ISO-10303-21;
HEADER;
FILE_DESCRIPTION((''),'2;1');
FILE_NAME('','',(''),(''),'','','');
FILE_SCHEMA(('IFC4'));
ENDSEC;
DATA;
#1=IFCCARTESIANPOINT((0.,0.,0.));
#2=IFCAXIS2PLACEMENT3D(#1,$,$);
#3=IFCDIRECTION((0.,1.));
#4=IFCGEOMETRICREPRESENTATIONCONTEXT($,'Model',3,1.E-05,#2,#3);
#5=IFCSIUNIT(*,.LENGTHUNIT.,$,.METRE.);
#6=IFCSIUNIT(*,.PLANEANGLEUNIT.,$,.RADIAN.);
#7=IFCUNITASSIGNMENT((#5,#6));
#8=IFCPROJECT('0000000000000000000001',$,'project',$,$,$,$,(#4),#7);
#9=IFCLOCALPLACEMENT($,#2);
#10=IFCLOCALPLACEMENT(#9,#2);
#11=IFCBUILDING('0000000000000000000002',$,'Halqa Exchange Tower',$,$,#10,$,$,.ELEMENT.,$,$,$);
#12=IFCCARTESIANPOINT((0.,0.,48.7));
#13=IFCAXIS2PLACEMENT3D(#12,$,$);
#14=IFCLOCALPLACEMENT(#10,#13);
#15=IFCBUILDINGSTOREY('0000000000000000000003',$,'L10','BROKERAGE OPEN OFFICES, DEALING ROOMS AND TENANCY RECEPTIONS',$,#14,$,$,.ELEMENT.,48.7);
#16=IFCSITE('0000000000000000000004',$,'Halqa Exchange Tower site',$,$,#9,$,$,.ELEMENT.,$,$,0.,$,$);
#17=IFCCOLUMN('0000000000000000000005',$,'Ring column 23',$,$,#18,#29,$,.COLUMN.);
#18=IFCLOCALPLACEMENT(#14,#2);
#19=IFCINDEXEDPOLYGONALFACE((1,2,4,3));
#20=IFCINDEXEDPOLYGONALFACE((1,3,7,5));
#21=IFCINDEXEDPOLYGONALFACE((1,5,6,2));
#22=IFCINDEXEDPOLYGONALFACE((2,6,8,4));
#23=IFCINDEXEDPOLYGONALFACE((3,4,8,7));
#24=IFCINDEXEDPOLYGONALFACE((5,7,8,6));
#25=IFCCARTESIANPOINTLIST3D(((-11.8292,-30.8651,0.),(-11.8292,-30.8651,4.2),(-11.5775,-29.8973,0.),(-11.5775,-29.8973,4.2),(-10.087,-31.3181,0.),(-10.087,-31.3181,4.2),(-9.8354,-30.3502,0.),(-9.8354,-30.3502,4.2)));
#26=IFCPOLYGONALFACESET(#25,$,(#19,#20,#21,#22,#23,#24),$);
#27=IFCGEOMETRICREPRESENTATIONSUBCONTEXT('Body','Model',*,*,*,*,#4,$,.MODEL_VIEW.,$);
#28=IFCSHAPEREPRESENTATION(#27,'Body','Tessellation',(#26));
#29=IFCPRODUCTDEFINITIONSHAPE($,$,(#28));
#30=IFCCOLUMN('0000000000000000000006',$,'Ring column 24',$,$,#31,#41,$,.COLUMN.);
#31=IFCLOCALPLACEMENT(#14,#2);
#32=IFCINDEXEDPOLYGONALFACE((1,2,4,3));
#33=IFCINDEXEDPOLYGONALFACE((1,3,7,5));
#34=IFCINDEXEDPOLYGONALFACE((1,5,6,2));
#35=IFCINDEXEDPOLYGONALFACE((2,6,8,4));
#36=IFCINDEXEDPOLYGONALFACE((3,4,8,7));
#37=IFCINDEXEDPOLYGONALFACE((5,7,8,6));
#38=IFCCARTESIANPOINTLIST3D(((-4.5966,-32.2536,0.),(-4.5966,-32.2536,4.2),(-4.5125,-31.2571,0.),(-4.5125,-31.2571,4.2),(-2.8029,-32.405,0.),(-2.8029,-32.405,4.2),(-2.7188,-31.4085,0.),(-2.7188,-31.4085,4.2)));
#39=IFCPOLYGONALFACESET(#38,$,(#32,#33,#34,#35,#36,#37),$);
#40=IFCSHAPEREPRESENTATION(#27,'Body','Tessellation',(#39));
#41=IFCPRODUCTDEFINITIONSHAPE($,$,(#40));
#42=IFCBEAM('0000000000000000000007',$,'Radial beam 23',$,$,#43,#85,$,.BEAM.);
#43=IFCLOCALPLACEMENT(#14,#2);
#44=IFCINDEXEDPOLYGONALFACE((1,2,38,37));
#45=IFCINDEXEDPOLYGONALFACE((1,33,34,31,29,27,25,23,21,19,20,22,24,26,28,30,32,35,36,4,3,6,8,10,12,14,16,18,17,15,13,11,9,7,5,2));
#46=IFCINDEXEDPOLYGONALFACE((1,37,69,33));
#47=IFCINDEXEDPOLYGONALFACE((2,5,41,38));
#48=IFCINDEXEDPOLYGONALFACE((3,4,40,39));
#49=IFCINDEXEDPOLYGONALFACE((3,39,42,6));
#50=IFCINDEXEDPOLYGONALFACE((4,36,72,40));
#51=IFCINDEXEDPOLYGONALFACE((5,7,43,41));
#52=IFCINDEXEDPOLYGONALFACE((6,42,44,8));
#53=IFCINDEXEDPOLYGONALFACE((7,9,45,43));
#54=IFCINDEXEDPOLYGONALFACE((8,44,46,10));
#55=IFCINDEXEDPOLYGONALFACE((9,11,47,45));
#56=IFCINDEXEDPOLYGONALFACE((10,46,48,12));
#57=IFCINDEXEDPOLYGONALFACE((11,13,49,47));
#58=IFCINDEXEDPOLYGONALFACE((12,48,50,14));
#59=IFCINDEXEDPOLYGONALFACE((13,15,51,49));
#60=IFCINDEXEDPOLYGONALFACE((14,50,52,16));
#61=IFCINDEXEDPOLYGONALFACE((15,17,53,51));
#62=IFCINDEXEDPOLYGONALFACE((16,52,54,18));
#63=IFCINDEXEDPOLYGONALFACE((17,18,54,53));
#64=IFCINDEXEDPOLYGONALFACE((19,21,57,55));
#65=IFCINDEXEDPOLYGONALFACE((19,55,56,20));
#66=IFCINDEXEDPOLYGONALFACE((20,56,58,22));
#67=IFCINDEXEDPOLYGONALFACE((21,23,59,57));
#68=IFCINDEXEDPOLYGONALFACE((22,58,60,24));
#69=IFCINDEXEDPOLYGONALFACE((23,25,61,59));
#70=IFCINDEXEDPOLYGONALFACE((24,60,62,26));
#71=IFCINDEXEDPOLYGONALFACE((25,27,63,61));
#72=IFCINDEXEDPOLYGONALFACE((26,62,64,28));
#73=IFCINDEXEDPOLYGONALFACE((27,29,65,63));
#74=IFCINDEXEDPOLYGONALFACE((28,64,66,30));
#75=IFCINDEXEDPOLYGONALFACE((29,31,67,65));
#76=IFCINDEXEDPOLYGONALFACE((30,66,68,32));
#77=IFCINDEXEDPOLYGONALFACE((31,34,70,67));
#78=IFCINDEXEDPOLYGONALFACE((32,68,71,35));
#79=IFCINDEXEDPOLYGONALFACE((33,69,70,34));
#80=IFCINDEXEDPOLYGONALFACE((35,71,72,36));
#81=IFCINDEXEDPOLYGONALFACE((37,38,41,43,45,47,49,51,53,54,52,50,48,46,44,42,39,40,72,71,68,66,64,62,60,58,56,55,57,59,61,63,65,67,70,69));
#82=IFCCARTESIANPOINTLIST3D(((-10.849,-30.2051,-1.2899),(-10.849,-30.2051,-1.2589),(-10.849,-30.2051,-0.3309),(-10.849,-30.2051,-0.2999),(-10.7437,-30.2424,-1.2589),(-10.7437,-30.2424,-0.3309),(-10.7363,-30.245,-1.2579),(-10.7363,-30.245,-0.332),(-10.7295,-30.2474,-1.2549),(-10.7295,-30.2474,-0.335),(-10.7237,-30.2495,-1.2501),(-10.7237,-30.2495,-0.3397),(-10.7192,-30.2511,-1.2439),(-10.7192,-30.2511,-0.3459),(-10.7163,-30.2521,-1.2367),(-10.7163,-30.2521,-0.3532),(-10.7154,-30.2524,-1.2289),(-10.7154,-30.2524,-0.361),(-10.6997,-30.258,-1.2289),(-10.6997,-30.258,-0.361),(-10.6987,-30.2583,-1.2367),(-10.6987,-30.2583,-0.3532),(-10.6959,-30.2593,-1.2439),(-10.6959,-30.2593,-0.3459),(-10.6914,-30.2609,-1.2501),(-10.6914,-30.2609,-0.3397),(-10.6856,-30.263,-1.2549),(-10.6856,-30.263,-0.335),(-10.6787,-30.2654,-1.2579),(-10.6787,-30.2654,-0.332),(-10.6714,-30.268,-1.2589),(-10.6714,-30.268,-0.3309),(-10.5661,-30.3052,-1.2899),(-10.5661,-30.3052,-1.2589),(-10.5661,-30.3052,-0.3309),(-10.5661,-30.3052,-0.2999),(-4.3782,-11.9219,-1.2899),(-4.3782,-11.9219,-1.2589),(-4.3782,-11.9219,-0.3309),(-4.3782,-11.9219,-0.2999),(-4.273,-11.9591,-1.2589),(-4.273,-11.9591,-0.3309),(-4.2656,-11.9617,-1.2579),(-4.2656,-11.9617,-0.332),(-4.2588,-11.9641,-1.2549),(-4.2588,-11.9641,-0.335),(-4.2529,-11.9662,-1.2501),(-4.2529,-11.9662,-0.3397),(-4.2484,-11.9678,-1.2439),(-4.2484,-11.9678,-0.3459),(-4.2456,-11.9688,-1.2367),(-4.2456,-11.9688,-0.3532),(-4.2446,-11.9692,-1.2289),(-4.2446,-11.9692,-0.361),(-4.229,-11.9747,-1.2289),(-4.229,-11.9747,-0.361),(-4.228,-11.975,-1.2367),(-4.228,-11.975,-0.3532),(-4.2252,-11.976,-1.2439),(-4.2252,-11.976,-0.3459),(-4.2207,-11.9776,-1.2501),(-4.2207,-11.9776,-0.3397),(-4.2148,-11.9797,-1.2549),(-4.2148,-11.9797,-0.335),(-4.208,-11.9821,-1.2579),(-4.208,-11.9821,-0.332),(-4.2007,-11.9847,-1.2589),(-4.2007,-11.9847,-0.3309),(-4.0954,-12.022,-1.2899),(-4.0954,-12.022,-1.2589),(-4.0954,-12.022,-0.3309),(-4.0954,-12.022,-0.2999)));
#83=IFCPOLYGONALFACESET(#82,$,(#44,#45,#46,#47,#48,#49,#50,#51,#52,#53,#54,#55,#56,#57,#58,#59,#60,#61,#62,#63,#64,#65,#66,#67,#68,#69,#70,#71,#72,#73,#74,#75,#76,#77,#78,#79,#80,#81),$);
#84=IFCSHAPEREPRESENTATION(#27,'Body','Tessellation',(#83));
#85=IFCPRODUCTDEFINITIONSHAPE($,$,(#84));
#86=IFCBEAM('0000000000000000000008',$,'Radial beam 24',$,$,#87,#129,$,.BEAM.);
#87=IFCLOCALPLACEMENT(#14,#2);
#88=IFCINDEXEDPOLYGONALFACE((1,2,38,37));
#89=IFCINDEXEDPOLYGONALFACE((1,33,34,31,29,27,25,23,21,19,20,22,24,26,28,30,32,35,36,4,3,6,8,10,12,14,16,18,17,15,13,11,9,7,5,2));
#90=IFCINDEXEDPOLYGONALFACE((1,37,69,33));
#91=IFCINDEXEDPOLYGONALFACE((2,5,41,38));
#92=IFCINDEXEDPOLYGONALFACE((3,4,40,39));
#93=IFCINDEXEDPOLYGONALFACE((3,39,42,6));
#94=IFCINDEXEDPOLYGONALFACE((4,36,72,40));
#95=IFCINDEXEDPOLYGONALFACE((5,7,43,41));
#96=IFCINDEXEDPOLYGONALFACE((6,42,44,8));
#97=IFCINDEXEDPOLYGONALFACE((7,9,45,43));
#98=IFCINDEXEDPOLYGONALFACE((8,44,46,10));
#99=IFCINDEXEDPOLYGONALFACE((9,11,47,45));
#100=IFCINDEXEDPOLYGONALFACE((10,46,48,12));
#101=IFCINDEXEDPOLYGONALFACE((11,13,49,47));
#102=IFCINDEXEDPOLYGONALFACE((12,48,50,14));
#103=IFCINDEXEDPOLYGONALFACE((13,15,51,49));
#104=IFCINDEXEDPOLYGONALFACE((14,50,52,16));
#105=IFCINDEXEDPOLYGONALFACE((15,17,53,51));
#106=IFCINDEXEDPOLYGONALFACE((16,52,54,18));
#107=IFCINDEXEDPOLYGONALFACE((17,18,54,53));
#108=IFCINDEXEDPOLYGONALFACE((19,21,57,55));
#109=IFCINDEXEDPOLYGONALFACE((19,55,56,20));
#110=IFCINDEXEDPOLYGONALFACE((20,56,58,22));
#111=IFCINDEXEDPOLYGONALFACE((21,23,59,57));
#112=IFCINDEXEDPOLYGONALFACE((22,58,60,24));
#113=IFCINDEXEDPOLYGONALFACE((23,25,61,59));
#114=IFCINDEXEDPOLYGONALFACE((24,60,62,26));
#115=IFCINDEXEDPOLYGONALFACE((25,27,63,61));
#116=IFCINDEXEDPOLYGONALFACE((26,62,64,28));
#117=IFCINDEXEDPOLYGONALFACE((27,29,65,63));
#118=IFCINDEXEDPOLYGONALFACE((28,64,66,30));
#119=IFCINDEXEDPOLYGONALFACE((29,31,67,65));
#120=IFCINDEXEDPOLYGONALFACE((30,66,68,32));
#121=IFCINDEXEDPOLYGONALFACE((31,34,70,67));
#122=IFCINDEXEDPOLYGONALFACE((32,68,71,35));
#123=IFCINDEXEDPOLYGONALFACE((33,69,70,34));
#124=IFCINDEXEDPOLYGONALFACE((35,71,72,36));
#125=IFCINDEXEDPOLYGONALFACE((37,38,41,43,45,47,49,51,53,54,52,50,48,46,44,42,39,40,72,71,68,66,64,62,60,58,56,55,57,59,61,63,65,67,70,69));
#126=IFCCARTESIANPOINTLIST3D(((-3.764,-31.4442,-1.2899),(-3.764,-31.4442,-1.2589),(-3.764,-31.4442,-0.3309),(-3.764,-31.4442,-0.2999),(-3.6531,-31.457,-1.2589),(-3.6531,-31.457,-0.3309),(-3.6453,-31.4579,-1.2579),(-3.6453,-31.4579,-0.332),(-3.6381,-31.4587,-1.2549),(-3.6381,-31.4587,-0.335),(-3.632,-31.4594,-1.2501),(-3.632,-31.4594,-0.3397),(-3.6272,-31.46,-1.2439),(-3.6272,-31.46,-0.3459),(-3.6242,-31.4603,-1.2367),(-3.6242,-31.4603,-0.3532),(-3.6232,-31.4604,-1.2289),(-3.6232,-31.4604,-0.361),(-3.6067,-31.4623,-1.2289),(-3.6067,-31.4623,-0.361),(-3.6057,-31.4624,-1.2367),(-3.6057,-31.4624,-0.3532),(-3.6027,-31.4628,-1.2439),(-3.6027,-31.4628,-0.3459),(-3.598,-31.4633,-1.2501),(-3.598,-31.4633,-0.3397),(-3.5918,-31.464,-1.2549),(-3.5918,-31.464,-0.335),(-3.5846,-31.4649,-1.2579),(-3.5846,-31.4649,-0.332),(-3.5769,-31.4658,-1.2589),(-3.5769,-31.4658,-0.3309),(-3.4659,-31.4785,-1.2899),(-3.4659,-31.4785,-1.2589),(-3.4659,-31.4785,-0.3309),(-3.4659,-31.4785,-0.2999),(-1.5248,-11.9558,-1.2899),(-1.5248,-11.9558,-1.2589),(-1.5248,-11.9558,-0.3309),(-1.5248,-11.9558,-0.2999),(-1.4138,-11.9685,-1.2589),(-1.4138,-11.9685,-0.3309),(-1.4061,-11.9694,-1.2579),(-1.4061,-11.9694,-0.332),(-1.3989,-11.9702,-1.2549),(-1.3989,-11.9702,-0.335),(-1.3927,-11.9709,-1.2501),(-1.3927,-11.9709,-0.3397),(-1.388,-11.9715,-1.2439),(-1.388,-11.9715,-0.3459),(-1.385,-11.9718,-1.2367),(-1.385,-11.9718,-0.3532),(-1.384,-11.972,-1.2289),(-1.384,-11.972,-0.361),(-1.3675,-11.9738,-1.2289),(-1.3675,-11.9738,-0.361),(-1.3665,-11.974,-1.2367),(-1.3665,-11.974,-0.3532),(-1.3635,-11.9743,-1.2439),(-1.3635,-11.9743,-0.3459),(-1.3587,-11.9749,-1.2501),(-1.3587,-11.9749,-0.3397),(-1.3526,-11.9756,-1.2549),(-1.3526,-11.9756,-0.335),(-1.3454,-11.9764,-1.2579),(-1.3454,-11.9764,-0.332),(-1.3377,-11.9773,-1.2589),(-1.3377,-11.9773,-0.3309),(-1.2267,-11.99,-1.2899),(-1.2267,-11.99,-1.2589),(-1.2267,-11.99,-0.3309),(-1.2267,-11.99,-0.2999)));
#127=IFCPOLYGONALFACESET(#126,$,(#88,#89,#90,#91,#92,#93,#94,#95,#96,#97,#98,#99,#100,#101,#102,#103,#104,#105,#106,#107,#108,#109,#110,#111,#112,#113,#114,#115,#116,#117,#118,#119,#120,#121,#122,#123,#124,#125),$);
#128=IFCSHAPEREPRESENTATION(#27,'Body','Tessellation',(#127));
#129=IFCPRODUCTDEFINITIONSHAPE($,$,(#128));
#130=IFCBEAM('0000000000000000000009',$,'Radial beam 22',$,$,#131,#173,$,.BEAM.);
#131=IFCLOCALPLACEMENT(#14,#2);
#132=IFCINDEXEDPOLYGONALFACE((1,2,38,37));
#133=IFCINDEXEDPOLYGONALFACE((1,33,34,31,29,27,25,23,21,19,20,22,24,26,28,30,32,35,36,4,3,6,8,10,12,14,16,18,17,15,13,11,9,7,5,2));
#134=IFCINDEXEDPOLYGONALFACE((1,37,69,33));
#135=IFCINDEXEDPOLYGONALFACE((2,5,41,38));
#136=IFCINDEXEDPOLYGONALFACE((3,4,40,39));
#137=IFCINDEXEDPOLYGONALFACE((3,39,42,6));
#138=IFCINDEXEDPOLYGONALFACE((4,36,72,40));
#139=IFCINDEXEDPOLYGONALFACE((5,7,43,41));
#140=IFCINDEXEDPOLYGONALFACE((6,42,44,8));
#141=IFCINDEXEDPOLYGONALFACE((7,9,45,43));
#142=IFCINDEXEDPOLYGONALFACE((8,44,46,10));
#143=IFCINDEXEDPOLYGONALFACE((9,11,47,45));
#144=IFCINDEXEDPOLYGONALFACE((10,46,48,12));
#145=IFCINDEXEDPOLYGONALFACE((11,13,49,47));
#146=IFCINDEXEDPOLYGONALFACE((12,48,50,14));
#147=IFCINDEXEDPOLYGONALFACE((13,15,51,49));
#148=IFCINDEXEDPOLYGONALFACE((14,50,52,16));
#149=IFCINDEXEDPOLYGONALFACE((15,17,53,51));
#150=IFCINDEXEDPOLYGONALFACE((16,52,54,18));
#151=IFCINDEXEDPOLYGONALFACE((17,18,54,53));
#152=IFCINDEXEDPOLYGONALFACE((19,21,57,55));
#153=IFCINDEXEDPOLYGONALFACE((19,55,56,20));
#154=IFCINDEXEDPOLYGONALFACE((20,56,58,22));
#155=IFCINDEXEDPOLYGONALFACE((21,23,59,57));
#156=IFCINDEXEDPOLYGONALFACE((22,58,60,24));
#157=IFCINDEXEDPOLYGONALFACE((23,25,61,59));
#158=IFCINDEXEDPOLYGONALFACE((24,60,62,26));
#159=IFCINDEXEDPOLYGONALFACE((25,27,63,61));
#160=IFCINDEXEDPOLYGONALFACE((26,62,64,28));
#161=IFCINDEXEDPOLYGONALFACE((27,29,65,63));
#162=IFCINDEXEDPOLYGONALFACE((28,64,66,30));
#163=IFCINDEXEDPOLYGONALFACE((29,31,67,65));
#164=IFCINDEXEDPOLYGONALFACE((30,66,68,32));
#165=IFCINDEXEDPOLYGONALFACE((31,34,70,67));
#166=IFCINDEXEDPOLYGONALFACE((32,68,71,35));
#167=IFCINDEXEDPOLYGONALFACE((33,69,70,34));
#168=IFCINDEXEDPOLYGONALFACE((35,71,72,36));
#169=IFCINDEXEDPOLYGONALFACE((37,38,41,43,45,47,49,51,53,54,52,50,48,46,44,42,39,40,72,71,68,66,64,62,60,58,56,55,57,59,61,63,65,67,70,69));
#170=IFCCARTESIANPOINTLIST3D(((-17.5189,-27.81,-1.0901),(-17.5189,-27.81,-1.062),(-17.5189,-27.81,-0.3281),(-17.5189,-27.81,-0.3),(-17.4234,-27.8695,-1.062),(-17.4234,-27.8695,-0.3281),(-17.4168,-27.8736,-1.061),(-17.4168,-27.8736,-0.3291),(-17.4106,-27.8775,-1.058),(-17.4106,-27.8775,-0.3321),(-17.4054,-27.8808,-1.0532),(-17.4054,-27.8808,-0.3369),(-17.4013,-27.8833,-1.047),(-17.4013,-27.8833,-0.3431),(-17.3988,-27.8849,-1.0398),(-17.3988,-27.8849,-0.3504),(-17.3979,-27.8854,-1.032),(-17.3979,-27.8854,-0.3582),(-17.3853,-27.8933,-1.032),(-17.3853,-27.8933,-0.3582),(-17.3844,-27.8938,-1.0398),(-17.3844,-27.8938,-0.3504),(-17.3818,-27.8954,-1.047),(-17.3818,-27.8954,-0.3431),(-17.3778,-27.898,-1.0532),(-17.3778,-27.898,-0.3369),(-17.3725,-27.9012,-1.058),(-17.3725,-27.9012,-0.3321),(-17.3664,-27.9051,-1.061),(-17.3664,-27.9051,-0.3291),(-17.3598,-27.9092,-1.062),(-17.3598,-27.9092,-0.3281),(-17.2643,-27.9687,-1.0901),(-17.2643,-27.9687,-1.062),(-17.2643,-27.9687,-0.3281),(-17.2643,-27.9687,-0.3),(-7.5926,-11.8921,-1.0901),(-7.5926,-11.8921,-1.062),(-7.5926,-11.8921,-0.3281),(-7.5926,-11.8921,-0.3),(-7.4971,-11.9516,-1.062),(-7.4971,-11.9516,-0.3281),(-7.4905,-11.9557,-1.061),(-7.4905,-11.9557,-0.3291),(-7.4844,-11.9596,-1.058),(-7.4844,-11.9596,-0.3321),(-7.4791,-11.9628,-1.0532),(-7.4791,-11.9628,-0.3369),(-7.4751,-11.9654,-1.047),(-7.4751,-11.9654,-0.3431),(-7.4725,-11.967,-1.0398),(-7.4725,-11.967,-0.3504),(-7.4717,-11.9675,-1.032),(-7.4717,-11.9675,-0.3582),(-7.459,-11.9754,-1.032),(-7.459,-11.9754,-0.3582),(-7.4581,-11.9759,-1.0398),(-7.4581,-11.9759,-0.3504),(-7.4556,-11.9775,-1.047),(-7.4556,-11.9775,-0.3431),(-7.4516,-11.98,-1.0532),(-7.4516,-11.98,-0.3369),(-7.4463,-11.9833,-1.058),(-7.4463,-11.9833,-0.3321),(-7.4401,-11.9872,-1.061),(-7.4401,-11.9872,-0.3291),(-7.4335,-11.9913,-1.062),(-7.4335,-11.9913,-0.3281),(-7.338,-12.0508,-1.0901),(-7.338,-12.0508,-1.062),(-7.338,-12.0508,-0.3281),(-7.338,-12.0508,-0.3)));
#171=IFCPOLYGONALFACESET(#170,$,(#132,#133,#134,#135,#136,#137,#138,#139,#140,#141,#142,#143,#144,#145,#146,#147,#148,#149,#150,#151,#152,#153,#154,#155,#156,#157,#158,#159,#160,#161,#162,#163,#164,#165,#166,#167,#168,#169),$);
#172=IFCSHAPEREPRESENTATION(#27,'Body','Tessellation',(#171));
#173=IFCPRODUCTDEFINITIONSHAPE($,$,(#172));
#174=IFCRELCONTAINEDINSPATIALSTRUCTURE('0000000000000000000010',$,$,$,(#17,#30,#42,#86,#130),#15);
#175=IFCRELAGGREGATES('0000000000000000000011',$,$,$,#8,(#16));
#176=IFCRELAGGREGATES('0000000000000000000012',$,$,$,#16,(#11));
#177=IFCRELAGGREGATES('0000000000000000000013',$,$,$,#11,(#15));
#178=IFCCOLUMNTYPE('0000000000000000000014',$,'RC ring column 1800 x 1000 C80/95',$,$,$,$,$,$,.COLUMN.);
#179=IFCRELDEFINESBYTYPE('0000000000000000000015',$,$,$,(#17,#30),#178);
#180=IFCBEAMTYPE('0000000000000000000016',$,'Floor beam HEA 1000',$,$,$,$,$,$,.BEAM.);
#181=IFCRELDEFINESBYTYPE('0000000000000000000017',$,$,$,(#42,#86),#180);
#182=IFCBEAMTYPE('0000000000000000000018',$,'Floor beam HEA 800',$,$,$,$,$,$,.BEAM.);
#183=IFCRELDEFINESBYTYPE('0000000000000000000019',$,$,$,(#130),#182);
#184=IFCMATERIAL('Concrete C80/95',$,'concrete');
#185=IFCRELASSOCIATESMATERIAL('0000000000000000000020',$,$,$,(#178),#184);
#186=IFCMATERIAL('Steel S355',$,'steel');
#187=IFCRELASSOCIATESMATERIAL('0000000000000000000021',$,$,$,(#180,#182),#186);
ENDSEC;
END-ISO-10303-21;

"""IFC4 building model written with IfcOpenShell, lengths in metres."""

from ifc_helpers import new_model, si_unit, direction, frame, origin, origin_2d, place, context, subcontext, project, spatial, rectangle, i_section, extrude, material, material_profile, profile_set, type_object, element, save


model = new_model("IFC4")

# Units and contexts
model_context = context("Model", 3, precision=1e-05, world=origin(), true_north=direction((0.0, 1.0)))
body_context = subcontext(model_context, "Body", "Model", "MODEL_VIEW")
ifc_project = project(units=[si_unit("LENGTHUNIT", "METRE"), si_unit("PLANEANGLEUNIT", "RADIAN")], contexts=[model_context])

# Site, building, storey
site_placement = place(None, origin())
site = spatial("IfcSite", under=ifc_project, at=site_placement, Name="Halqa Exchange Tower site", CompositionType="ELEMENT", RefElevation=0.0)
building_placement = place(site_placement, origin())
building = spatial("IfcBuilding", under=site, at=building_placement, Name="Halqa Exchange Tower", CompositionType="ELEMENT")
storey_placement = place(building_placement, frame((0.0, 0.0, 48.7)))
storey = spatial("IfcBuildingStorey", under=building, at=storey_placement, Name="L10", Description="BROKERAGE OPEN OFFICES, DEALING ROOMS AND TENANCY RECEPTIONS", CompositionType="ELEMENT", Elevation=48.7)

# Columns
ifc_material_1 = material(Name="Concrete C80/95", Category="concrete")
ifc_material_profile_1 = material_profile(ifc_material_1, rectangle(XDim=1.8, YDim=1.0, at=origin_2d()), Name="1800 x 1000")
ifc_profile_set_1 = profile_set([ifc_material_profile_1], Name="Concrete C80/95")
column_type = type_object("IfcColumnType", Name="RC ring column 1800 x 1000 C80/95", PredefinedType="COLUMN", material=ifc_profile_set_1)
for number, where, z_axis, x_axis, name in (
    (1, (-10.8323, -30.6077, 0.0), (0.0, 0.0, 1.0), (0.96782, -0.251644, 0.0), "Ring column 23"),
    (2, (-3.6577, -31.8311, 0.0), (0.0, 0.0, 1.0), (0.996455, -0.084125, 0.0), "Ring column 24"),
):
    element("IfcColumn", number, at=place(storey_placement, frame(where, z_axis=z_axis, x_axis=x_axis)), inside=storey, type_object=column_type, Name=name, PredefinedType="COLUMN", context=body_context, shape_type="SweptSolid", body=[
        extrude(rectangle(XDim=1.8, YDim=1.0, at=origin_2d()), origin(), (0.0, 0.0, 1.0), 4.2),
    ])

# Beams
ifc_material_2 = material(Name="Steel S355", Category="steel")
ifc_material_profile_2 = material_profile(ifc_material_2, i_section(OverallWidth=0.3, OverallDepth=0.99, WebThickness=0.0166, FlangeThickness=0.031, FilletRadius=0.03, at=origin_2d()), Name="HEA 1000")
ifc_profile_set_2 = profile_set([ifc_material_profile_2], Name="Steel S355")
beam_type_1 = type_object("IfcBeamType", Name="Floor beam HEA 1000", PredefinedType="BEAM", material=ifc_profile_set_2)
beam_1_placement = place(storey_placement, frame((-4.2368, -11.9719, -0.7949), z_axis=(-0.333636, -0.942702, 0.0), x_axis=(0.942702, -0.333636, 0.0)))
element("IfcBeam", 3, at=beam_1_placement, inside=storey, type_object=beam_type_1, Name="Radial beam 23", PredefinedType="BEAM", context=body_context, shape_type="SweptSolid", body=[
    extrude(i_section(OverallWidth=0.3, OverallDepth=0.99, WebThickness=0.0166, FlangeThickness=0.031, FilletRadius=0.03, at=origin_2d()), origin(), (0.0, 0.0, 1.0), 19.3945),
])
beam_2_placement = place(storey_placement, frame((-1.3757, -11.9729, -0.7949), z_axis=(-0.11415, -0.993463, 0.0), x_axis=(0.993463, -0.11415, 0.0)))
element("IfcBeam", 4, at=beam_2_placement, inside=storey, type_object=beam_type_1, Name="Radial beam 24", PredefinedType="BEAM", context=body_context, shape_type="SweptSolid", body=[
    extrude(i_section(OverallWidth=0.3, OverallDepth=0.99, WebThickness=0.0166, FlangeThickness=0.031, FilletRadius=0.03, at=origin_2d()), origin(), (0.0, 0.0, 1.0), 19.6167),
])
ifc_material_profile_3 = material_profile(ifc_material_2, i_section(OverallWidth=0.3, OverallDepth=0.79, WebThickness=0.0149, FlangeThickness=0.0281, FilletRadius=0.03, at=origin_2d()), Name="HEA 800")
ifc_profile_set_3 = profile_set([ifc_material_profile_3], Name="Steel S355")
beam_type_2 = type_object("IfcBeamType", Name="Floor beam HEA 800", PredefinedType="BEAM", material=ifc_profile_set_3)
beam_3_placement = place(storey_placement, frame((-7.4653, -11.9714, -0.6951), z_axis=(-0.529138, -0.848536, 0.0), x_axis=(0.848536, -0.529138, 0.0)))
element("IfcBeam", 5, at=beam_3_placement, inside=storey, type_object=beam_type_2, Name="Radial beam 22", PredefinedType="BEAM", context=body_context, shape_type="SweptSolid", body=[
    extrude(i_section(OverallWidth=0.3, OverallDepth=0.79, WebThickness=0.0149, FlangeThickness=0.0281, FilletRadius=0.03, at=origin_2d()), origin(), (0.0, 0.0, 1.0), 18.7593),
])

save(model, "model.ifc")
